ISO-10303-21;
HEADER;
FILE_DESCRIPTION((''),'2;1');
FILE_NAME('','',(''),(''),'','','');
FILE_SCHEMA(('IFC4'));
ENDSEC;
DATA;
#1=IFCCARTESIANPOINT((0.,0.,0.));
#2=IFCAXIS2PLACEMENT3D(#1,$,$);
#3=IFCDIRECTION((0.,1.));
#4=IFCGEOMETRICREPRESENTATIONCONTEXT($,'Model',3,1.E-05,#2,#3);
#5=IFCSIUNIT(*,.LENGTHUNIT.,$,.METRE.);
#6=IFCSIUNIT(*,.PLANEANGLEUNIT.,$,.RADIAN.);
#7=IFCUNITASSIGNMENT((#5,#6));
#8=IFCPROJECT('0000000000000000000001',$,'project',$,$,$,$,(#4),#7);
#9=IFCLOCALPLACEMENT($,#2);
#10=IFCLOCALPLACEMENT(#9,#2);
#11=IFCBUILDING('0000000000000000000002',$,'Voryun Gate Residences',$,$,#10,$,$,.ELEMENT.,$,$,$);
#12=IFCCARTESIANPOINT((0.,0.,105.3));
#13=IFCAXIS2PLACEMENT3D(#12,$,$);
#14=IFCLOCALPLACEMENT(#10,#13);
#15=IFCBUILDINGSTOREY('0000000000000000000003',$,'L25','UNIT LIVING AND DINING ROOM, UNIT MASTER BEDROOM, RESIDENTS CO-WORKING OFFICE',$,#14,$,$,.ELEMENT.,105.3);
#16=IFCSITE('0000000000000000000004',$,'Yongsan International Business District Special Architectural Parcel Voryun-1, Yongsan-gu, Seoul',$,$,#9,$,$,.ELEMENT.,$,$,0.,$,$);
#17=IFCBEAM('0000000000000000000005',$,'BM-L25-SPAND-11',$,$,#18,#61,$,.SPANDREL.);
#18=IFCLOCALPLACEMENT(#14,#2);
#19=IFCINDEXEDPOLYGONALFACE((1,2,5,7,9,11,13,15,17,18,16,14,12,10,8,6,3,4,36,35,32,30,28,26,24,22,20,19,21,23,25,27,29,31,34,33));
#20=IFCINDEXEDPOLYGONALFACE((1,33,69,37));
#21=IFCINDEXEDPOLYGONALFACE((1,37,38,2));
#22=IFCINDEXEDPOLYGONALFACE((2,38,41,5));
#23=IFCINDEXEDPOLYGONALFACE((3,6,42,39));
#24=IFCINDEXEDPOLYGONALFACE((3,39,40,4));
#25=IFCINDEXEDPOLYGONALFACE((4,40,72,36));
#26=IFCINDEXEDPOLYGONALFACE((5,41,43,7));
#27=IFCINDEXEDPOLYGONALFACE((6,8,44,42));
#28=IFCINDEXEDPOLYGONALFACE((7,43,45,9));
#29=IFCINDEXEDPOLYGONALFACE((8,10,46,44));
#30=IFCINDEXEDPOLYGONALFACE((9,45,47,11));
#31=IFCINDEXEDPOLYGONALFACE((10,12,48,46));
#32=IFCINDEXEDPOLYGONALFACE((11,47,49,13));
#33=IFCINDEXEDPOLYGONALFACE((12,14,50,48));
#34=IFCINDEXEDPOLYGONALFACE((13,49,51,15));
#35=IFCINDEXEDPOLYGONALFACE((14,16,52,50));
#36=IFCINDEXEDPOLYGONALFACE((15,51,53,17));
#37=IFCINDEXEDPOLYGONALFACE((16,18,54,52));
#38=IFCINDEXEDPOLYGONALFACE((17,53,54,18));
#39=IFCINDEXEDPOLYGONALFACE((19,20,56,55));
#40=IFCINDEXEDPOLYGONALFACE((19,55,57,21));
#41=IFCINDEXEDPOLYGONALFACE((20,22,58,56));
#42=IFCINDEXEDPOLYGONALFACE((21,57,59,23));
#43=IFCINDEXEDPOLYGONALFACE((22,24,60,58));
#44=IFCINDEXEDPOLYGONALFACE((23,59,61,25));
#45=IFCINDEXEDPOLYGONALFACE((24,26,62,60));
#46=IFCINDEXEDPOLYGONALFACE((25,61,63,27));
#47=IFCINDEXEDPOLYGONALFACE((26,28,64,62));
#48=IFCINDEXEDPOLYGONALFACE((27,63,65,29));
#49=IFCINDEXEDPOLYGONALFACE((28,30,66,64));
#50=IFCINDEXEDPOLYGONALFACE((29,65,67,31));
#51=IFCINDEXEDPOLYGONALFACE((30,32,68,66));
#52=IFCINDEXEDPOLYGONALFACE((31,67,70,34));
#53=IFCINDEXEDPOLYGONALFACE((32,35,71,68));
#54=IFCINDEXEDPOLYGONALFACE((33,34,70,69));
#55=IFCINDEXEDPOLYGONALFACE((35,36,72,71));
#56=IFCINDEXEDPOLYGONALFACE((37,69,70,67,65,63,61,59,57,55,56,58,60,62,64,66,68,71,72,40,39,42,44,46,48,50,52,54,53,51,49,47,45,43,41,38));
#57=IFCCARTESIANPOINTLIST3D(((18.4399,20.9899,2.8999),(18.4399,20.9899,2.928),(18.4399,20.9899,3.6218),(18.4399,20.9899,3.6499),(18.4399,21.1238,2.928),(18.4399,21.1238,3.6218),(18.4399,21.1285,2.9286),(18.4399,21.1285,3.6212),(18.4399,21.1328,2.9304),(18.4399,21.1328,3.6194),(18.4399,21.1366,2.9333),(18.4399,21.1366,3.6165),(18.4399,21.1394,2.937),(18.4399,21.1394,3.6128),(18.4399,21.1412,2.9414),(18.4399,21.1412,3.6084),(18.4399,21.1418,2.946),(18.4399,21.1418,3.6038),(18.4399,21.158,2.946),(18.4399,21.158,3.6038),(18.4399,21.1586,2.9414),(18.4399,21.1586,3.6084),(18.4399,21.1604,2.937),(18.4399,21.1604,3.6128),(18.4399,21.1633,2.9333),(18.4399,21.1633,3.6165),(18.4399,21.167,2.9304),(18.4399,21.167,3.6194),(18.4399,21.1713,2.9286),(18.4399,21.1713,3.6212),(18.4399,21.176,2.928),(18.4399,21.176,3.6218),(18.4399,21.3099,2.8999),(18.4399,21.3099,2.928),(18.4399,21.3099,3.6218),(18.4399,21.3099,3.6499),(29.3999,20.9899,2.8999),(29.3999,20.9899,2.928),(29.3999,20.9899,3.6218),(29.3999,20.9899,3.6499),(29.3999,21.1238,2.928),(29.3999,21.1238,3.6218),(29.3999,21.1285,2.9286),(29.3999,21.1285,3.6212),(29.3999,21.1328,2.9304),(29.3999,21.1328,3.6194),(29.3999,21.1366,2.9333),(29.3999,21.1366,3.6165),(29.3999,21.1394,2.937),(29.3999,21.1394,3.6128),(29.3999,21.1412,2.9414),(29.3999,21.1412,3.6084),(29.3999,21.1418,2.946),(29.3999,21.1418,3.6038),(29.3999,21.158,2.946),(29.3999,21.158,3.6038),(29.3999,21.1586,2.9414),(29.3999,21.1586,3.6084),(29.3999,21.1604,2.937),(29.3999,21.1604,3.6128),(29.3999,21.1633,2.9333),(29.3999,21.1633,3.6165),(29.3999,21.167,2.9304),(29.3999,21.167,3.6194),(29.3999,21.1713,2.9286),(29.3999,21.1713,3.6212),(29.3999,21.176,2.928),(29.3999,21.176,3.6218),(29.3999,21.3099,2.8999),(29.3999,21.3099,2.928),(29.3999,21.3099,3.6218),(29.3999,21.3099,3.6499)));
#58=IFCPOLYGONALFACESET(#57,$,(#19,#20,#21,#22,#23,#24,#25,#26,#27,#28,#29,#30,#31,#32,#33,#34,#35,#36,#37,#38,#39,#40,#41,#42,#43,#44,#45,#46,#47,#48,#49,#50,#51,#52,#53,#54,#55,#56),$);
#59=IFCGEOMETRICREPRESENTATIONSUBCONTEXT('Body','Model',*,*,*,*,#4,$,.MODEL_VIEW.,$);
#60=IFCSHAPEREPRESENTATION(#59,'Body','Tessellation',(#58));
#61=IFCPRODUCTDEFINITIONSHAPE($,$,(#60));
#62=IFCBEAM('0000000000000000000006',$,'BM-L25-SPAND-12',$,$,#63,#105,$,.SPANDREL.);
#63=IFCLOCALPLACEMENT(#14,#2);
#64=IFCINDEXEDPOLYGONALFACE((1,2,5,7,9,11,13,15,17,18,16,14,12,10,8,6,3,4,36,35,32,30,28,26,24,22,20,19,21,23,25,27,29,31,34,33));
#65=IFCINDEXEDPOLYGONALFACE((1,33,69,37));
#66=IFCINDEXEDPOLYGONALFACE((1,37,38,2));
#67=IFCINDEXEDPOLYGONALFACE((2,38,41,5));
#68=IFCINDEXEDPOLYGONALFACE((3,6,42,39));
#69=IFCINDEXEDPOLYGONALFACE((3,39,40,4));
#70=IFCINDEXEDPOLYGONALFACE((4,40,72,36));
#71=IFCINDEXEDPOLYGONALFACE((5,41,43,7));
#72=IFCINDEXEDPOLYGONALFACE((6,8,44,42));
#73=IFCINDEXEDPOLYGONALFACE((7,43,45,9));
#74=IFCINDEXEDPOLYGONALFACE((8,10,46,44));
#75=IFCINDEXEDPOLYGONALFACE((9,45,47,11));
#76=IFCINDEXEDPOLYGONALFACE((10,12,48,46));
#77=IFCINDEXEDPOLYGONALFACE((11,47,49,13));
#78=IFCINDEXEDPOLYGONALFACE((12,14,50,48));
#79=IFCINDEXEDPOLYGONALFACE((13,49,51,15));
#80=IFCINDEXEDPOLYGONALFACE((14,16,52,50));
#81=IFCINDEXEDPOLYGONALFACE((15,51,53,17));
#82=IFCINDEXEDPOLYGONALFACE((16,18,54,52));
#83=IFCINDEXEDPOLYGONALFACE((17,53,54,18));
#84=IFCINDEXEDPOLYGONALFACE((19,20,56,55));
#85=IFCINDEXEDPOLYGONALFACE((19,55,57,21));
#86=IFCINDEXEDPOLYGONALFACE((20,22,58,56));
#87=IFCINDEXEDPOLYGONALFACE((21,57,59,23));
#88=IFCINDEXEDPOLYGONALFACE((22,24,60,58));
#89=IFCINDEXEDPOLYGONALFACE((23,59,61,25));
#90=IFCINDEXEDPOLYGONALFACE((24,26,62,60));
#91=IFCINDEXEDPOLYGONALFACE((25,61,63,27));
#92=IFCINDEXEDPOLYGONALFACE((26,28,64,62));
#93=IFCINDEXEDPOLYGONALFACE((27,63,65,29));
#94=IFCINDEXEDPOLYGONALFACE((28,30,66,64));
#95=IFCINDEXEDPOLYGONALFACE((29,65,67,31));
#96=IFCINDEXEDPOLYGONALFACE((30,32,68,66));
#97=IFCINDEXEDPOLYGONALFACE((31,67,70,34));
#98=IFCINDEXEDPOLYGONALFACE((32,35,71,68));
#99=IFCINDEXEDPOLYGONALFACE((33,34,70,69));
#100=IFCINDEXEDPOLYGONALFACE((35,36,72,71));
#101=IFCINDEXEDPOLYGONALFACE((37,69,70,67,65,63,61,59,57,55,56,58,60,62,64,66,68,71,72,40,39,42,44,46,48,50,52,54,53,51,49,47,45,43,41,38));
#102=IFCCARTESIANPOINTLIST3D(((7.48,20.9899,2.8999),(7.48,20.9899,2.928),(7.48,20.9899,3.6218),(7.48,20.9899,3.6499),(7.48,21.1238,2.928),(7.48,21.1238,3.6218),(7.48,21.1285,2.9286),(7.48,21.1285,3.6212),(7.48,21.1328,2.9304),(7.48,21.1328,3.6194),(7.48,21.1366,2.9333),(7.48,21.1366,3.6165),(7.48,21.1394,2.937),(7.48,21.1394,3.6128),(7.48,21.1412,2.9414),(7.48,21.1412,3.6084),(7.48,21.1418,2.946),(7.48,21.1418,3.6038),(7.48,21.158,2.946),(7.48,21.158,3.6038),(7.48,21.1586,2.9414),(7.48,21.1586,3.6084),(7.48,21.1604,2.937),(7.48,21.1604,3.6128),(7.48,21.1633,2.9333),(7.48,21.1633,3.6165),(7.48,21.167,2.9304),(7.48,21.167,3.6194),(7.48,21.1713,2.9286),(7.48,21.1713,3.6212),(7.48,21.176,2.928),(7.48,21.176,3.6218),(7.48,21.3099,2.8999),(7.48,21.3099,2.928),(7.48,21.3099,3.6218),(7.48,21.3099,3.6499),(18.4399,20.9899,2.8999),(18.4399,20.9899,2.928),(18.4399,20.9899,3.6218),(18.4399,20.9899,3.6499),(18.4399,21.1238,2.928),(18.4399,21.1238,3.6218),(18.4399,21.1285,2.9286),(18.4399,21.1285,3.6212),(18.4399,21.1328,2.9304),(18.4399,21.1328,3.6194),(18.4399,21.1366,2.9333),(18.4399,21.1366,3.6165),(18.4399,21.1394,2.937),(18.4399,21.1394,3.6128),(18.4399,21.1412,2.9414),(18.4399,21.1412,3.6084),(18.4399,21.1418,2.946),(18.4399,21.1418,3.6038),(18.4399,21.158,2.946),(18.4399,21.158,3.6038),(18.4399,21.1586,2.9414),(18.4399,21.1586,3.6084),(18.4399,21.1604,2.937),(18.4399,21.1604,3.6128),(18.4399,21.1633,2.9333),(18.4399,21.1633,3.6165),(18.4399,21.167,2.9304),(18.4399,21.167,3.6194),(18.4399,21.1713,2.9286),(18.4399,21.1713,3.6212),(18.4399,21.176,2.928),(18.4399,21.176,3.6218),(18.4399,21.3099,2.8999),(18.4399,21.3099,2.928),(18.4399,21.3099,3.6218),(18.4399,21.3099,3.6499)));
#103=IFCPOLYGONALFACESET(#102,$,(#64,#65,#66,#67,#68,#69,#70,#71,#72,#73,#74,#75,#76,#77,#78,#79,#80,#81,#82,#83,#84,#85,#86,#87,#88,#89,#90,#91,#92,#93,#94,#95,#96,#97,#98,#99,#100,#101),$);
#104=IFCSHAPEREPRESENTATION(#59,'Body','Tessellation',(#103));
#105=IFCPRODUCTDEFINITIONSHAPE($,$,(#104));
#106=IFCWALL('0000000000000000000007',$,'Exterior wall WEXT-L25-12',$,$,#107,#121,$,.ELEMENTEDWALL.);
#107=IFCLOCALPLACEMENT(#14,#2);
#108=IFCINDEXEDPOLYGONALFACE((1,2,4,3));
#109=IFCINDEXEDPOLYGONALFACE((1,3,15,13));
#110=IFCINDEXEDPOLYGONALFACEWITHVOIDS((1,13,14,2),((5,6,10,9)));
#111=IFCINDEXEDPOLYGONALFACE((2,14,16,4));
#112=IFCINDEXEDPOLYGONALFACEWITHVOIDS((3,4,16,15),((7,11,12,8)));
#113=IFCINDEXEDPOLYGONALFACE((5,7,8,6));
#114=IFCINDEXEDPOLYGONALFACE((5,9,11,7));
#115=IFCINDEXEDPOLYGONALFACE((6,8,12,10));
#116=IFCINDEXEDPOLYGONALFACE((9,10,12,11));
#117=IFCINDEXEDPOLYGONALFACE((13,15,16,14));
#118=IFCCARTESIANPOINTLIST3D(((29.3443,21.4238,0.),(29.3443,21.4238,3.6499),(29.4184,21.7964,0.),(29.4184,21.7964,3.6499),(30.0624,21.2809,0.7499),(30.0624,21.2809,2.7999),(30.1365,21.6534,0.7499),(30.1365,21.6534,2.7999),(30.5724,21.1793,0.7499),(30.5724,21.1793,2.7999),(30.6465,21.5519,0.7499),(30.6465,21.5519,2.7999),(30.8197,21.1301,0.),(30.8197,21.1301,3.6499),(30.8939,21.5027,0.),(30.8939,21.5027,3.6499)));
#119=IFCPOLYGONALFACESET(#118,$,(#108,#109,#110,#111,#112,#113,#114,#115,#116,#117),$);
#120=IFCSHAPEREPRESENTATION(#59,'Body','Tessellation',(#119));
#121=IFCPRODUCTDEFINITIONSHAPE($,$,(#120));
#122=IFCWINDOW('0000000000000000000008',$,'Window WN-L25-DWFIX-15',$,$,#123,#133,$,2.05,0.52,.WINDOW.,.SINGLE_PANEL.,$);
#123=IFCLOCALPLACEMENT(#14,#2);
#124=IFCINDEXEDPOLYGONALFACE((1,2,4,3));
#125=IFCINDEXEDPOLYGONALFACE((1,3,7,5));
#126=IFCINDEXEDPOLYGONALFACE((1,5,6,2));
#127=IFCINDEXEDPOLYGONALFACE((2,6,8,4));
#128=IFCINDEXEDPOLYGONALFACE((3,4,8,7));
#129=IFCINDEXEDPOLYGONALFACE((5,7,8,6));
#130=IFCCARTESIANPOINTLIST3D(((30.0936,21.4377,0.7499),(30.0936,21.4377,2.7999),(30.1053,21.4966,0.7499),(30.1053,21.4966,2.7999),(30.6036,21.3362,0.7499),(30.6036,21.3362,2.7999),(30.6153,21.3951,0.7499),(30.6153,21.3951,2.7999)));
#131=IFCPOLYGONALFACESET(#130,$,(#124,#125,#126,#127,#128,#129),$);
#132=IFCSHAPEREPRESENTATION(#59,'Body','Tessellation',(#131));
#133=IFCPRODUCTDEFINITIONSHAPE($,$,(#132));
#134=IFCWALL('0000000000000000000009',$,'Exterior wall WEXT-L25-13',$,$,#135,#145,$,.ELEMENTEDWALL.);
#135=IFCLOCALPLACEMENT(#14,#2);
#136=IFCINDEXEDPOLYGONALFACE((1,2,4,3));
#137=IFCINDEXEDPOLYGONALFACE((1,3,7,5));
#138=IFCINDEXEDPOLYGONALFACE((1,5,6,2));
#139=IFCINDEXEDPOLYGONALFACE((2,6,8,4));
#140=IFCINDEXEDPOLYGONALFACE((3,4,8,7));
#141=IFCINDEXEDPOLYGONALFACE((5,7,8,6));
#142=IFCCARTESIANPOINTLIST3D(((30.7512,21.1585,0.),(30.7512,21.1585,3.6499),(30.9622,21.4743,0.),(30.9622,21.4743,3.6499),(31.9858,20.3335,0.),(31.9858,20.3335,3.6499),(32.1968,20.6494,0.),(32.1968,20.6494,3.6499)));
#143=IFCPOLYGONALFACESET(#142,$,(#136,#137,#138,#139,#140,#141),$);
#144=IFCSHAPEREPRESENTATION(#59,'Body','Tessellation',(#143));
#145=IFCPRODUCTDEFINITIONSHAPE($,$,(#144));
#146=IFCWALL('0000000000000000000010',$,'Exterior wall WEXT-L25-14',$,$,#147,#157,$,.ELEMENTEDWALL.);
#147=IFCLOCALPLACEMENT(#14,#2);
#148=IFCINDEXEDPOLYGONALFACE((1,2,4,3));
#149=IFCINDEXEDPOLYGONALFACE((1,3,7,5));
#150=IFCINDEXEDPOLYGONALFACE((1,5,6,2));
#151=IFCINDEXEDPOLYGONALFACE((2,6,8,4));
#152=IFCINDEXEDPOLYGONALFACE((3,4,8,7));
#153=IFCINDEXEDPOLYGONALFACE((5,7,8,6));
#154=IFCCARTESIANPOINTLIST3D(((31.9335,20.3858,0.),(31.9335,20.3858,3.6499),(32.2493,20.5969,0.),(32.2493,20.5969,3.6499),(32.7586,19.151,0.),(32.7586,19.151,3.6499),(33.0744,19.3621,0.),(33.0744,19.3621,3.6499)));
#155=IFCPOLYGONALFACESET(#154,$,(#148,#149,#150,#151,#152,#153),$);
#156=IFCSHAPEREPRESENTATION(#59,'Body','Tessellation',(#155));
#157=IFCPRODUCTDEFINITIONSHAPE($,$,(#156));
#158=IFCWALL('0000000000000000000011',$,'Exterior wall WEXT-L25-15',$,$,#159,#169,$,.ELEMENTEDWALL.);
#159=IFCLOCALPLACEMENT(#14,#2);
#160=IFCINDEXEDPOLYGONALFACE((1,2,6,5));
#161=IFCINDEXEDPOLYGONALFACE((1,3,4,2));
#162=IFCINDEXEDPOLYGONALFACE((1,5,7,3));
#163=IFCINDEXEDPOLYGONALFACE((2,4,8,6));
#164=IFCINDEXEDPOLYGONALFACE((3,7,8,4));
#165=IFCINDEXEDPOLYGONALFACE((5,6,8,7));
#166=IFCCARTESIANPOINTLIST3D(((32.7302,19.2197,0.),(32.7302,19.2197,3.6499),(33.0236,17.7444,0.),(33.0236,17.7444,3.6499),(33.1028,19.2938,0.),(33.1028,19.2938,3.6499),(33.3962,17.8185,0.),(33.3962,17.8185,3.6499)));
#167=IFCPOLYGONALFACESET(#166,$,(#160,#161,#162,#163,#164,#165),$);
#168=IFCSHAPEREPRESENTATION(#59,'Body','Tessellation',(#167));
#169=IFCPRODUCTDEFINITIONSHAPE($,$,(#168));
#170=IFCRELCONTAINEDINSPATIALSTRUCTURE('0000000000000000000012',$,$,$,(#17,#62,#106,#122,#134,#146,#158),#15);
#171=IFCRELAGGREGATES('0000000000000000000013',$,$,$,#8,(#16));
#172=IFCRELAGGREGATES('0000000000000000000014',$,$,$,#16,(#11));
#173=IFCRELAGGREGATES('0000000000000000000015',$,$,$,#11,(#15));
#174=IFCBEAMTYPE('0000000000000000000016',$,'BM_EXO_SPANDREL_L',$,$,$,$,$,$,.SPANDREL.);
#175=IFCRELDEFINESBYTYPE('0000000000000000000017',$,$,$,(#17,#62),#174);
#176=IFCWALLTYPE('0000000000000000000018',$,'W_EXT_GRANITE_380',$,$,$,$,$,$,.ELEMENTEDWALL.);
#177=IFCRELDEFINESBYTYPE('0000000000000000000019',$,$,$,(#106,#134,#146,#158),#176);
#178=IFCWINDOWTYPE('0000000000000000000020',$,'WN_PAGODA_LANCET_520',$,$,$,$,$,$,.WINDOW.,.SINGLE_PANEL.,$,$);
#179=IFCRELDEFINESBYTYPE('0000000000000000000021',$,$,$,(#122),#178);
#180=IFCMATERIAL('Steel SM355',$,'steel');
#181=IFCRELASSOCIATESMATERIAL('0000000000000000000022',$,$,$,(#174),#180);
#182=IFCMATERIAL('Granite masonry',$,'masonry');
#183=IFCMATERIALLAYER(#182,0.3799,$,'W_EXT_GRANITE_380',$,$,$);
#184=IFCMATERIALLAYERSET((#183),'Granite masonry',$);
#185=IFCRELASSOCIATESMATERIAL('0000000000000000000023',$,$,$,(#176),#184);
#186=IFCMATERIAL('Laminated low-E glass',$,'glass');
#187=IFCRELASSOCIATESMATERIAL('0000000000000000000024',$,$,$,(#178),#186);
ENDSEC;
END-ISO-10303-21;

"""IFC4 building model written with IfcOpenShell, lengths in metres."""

from ifc_helpers import new_model, si_unit, direction, frame, frame_2d, origin, origin_2d, place, context, subcontext, project, spatial, rectangle, i_section, extrude, material, layer, layer_set, material_profile, profile_set, type_object, element, fill, save


model = new_model("IFC4")

# Units and contexts
model_context = context("Model", 3, precision=1e-05, world=origin(), true_north=direction((0.0, 1.0)))
body_context = subcontext(model_context, "Body", "Model", "MODEL_VIEW")
ifc_project = project(units=[si_unit("LENGTHUNIT", "METRE"), si_unit("PLANEANGLEUNIT", "RADIAN")], contexts=[model_context])

# Site, building, storey
site_placement = place(None, origin())
site = spatial("IfcSite", under=ifc_project, at=site_placement, Name="Yongsan International Business District Special Architectural Parcel Voryun-1, Yongsan-gu, Seoul", CompositionType="ELEMENT", RefElevation=0.0)
building_placement = place(site_placement, origin())
building = spatial("IfcBuilding", under=site, at=building_placement, Name="Voryun Gate Residences", CompositionType="ELEMENT")
storey_placement = place(building_placement, frame((0.0, 0.0, 105.3)))
storey = spatial("IfcBuildingStorey", under=building, at=storey_placement, Name="L25", Description="UNIT LIVING AND DINING ROOM, UNIT MASTER BEDROOM, RESIDENTS CO-WORKING OFFICE", CompositionType="ELEMENT", Elevation=105.3)

# Beams
ifc_material_1 = material(Name="Steel SM355", Category="steel")
ifc_material_profile_1 = material_profile(ifc_material_1, i_section(OverallWidth=0.3201, OverallDepth=0.75, WebThickness=0.0161, FlangeThickness=0.0281, FilletRadius=0.0181, at=origin_2d()), Name="H-750x320x16x28")
ifc_profile_set_1 = profile_set([ifc_material_profile_1], Name="Steel SM355")
beam_type = type_object("IfcBeamType", Name="BM_EXO_SPANDREL_L", PredefinedType="SPANDREL", material=ifc_profile_set_1)
for number, where, z_axis, x_axis, name in (
    (1, (29.3999, 21.1499, 3.2749), (-1.0, 0.0, 0.0), (0.0, -1.0, 0.0), "BM-L25-SPAND-11"),
    (2, (18.4399, 21.1499, 3.2749), (-1.0, 0.0, 0.0), (0.0, -1.0, 0.0), "BM-L25-SPAND-12"),
):
    element("IfcBeam", number, at=place(storey_placement, frame(where, z_axis=z_axis, x_axis=x_axis)), inside=storey, type_object=beam_type, Name=name, PredefinedType="SPANDREL", context=body_context, shape_type="SweptSolid", body=[
        extrude(i_section(OverallWidth=0.3201, OverallDepth=0.75, WebThickness=0.0161, FlangeThickness=0.0281, FilletRadius=0.0181, at=origin_2d()), origin(), (0.0, 0.0, 1.0), 10.96),
    ])

# Wall, opening, window
ifc_material_2 = material(Name="Granite masonry", Category="masonry")
ifc_layer_1 = layer(ifc_material_2, 0.3799, Name="W_EXT_GRANITE_380")
ifc_layer_set_1 = layer_set([ifc_layer_1], Name="Granite masonry")
wall_type_1 = type_object("IfcWallType", Name="W_EXT_GRANITE_380", PredefinedType="ELEMENTEDWALL", material=ifc_layer_set_1)
wall_1_placement = place(storey_placement, frame((29.3813, 21.6101, 0.0), z_axis=(0.0, 0.0, 1.0), x_axis=(0.980755, -0.195242, 0.0)))
wall_1 = element("IfcWall", 3, at=wall_1_placement, inside=storey, type_object=wall_type_1, Name="Exterior wall WEXT-L25-12", PredefinedType="ELEMENTEDWALL", context=body_context, shape_type="SweptSolid", body=[
    extrude(rectangle(XDim=1.5044, YDim=0.3799, at=frame_2d((0.7522, 0.0))), origin(), (0.0, 0.0, 1.0), 3.6499),
])
opening_1_placement = place(wall_1_placement, frame((0.7322, 0.0, 0.75)))
opening_1 = element("IfcOpeningElement", 4, at=opening_1_placement, cuts=wall_1, PredefinedType="OPENING", context=body_context, shape_type="SweptSolid", body=[
    extrude(rectangle(XDim=0.52, YDim=2.05, at=frame_2d((0.26, 1.0249))), frame((0.0, 0.2, 0.0), z_axis=(0.0, -1.0, 0.0), x_axis=(1.0, 0.0, 0.0)), (0.0, 0.0, 1.0), 0.3999),
])
ifc_material_3 = material(Name="Laminated low-E glass", Category="glass")
window_type_1 = type_object("IfcWindowType", Name="WN_PAGODA_LANCET_520", PartitioningType="SINGLE_PANEL", PredefinedType="WINDOW", material=ifc_material_3)
window_1_placement = place(opening_1_placement, origin())
window_1 = element("IfcWindow", 5, at=window_1_placement, inside=storey, type_object=window_type_1, Name="Window WN-L25-DWFIX-15", OverallHeight=2.05, OverallWidth=0.52, PartitioningType="SINGLE_PANEL", PredefinedType="WINDOW", context=body_context, shape_type="SweptSolid", body=[
    extrude(rectangle(XDim=0.52, YDim=2.05, at=frame_2d((0.26, 1.0249))), frame((0.0, 0.03, 0.0), z_axis=(0.0, -1.0, 0.0), x_axis=(1.0, 0.0, 0.0)), (0.0, 0.0, 1.0), 0.0601),
])
fill(opening_1, window_1)

# Walls
wall_2_placement = place(storey_placement, frame((30.8567, 21.3164, 0.0), z_axis=(0.0, 0.0, 1.0), x_axis=(0.831468, -0.555573, 0.0)))
element("IfcWall", 6, at=wall_2_placement, inside=storey, type_object=wall_type_1, Name="Exterior wall WEXT-L25-13", PredefinedType="ELEMENTEDWALL", context=body_context, shape_type="SweptSolid", body=[
    extrude(rectangle(XDim=1.4849, YDim=0.3799, at=frame_2d((0.7424, 0.0))), origin(), (0.0, 0.0, 1.0), 3.6499),
])
wall_3_placement = place(storey_placement, frame((32.0913, 20.4915, 0.0), z_axis=(0.0, 0.0, 1.0), x_axis=(0.55561, -0.831443, 0.0)))
element("IfcWall", 7, at=wall_3_placement, inside=storey, type_object=wall_type_1, Name="Exterior wall WEXT-L25-14", PredefinedType="ELEMENTEDWALL", context=body_context, shape_type="SweptSolid", body=[
    extrude(rectangle(XDim=1.4851, YDim=0.3799, at=frame_2d((0.7427, 0.0))), origin(), (0.0, 0.0, 1.0), 3.6499),
])
wall_4_placement = place(storey_placement, frame((32.9165, 19.2566, 0.0), z_axis=(0.0, 0.0, 1.0), x_axis=(0.195086, -0.980786, 0.0)))
element("IfcWall", 8, at=wall_4_placement, inside=storey, type_object=wall_type_1, Name="Exterior wall WEXT-L25-15", PredefinedType="ELEMENTEDWALL", context=body_context, shape_type="SweptSolid", body=[
    extrude(rectangle(XDim=1.5042, YDim=0.3799, at=frame_2d((0.752, 0.0))), origin(), (0.0, 0.0, 1.0), 3.6499),
])

save(model, "model.ifc")
